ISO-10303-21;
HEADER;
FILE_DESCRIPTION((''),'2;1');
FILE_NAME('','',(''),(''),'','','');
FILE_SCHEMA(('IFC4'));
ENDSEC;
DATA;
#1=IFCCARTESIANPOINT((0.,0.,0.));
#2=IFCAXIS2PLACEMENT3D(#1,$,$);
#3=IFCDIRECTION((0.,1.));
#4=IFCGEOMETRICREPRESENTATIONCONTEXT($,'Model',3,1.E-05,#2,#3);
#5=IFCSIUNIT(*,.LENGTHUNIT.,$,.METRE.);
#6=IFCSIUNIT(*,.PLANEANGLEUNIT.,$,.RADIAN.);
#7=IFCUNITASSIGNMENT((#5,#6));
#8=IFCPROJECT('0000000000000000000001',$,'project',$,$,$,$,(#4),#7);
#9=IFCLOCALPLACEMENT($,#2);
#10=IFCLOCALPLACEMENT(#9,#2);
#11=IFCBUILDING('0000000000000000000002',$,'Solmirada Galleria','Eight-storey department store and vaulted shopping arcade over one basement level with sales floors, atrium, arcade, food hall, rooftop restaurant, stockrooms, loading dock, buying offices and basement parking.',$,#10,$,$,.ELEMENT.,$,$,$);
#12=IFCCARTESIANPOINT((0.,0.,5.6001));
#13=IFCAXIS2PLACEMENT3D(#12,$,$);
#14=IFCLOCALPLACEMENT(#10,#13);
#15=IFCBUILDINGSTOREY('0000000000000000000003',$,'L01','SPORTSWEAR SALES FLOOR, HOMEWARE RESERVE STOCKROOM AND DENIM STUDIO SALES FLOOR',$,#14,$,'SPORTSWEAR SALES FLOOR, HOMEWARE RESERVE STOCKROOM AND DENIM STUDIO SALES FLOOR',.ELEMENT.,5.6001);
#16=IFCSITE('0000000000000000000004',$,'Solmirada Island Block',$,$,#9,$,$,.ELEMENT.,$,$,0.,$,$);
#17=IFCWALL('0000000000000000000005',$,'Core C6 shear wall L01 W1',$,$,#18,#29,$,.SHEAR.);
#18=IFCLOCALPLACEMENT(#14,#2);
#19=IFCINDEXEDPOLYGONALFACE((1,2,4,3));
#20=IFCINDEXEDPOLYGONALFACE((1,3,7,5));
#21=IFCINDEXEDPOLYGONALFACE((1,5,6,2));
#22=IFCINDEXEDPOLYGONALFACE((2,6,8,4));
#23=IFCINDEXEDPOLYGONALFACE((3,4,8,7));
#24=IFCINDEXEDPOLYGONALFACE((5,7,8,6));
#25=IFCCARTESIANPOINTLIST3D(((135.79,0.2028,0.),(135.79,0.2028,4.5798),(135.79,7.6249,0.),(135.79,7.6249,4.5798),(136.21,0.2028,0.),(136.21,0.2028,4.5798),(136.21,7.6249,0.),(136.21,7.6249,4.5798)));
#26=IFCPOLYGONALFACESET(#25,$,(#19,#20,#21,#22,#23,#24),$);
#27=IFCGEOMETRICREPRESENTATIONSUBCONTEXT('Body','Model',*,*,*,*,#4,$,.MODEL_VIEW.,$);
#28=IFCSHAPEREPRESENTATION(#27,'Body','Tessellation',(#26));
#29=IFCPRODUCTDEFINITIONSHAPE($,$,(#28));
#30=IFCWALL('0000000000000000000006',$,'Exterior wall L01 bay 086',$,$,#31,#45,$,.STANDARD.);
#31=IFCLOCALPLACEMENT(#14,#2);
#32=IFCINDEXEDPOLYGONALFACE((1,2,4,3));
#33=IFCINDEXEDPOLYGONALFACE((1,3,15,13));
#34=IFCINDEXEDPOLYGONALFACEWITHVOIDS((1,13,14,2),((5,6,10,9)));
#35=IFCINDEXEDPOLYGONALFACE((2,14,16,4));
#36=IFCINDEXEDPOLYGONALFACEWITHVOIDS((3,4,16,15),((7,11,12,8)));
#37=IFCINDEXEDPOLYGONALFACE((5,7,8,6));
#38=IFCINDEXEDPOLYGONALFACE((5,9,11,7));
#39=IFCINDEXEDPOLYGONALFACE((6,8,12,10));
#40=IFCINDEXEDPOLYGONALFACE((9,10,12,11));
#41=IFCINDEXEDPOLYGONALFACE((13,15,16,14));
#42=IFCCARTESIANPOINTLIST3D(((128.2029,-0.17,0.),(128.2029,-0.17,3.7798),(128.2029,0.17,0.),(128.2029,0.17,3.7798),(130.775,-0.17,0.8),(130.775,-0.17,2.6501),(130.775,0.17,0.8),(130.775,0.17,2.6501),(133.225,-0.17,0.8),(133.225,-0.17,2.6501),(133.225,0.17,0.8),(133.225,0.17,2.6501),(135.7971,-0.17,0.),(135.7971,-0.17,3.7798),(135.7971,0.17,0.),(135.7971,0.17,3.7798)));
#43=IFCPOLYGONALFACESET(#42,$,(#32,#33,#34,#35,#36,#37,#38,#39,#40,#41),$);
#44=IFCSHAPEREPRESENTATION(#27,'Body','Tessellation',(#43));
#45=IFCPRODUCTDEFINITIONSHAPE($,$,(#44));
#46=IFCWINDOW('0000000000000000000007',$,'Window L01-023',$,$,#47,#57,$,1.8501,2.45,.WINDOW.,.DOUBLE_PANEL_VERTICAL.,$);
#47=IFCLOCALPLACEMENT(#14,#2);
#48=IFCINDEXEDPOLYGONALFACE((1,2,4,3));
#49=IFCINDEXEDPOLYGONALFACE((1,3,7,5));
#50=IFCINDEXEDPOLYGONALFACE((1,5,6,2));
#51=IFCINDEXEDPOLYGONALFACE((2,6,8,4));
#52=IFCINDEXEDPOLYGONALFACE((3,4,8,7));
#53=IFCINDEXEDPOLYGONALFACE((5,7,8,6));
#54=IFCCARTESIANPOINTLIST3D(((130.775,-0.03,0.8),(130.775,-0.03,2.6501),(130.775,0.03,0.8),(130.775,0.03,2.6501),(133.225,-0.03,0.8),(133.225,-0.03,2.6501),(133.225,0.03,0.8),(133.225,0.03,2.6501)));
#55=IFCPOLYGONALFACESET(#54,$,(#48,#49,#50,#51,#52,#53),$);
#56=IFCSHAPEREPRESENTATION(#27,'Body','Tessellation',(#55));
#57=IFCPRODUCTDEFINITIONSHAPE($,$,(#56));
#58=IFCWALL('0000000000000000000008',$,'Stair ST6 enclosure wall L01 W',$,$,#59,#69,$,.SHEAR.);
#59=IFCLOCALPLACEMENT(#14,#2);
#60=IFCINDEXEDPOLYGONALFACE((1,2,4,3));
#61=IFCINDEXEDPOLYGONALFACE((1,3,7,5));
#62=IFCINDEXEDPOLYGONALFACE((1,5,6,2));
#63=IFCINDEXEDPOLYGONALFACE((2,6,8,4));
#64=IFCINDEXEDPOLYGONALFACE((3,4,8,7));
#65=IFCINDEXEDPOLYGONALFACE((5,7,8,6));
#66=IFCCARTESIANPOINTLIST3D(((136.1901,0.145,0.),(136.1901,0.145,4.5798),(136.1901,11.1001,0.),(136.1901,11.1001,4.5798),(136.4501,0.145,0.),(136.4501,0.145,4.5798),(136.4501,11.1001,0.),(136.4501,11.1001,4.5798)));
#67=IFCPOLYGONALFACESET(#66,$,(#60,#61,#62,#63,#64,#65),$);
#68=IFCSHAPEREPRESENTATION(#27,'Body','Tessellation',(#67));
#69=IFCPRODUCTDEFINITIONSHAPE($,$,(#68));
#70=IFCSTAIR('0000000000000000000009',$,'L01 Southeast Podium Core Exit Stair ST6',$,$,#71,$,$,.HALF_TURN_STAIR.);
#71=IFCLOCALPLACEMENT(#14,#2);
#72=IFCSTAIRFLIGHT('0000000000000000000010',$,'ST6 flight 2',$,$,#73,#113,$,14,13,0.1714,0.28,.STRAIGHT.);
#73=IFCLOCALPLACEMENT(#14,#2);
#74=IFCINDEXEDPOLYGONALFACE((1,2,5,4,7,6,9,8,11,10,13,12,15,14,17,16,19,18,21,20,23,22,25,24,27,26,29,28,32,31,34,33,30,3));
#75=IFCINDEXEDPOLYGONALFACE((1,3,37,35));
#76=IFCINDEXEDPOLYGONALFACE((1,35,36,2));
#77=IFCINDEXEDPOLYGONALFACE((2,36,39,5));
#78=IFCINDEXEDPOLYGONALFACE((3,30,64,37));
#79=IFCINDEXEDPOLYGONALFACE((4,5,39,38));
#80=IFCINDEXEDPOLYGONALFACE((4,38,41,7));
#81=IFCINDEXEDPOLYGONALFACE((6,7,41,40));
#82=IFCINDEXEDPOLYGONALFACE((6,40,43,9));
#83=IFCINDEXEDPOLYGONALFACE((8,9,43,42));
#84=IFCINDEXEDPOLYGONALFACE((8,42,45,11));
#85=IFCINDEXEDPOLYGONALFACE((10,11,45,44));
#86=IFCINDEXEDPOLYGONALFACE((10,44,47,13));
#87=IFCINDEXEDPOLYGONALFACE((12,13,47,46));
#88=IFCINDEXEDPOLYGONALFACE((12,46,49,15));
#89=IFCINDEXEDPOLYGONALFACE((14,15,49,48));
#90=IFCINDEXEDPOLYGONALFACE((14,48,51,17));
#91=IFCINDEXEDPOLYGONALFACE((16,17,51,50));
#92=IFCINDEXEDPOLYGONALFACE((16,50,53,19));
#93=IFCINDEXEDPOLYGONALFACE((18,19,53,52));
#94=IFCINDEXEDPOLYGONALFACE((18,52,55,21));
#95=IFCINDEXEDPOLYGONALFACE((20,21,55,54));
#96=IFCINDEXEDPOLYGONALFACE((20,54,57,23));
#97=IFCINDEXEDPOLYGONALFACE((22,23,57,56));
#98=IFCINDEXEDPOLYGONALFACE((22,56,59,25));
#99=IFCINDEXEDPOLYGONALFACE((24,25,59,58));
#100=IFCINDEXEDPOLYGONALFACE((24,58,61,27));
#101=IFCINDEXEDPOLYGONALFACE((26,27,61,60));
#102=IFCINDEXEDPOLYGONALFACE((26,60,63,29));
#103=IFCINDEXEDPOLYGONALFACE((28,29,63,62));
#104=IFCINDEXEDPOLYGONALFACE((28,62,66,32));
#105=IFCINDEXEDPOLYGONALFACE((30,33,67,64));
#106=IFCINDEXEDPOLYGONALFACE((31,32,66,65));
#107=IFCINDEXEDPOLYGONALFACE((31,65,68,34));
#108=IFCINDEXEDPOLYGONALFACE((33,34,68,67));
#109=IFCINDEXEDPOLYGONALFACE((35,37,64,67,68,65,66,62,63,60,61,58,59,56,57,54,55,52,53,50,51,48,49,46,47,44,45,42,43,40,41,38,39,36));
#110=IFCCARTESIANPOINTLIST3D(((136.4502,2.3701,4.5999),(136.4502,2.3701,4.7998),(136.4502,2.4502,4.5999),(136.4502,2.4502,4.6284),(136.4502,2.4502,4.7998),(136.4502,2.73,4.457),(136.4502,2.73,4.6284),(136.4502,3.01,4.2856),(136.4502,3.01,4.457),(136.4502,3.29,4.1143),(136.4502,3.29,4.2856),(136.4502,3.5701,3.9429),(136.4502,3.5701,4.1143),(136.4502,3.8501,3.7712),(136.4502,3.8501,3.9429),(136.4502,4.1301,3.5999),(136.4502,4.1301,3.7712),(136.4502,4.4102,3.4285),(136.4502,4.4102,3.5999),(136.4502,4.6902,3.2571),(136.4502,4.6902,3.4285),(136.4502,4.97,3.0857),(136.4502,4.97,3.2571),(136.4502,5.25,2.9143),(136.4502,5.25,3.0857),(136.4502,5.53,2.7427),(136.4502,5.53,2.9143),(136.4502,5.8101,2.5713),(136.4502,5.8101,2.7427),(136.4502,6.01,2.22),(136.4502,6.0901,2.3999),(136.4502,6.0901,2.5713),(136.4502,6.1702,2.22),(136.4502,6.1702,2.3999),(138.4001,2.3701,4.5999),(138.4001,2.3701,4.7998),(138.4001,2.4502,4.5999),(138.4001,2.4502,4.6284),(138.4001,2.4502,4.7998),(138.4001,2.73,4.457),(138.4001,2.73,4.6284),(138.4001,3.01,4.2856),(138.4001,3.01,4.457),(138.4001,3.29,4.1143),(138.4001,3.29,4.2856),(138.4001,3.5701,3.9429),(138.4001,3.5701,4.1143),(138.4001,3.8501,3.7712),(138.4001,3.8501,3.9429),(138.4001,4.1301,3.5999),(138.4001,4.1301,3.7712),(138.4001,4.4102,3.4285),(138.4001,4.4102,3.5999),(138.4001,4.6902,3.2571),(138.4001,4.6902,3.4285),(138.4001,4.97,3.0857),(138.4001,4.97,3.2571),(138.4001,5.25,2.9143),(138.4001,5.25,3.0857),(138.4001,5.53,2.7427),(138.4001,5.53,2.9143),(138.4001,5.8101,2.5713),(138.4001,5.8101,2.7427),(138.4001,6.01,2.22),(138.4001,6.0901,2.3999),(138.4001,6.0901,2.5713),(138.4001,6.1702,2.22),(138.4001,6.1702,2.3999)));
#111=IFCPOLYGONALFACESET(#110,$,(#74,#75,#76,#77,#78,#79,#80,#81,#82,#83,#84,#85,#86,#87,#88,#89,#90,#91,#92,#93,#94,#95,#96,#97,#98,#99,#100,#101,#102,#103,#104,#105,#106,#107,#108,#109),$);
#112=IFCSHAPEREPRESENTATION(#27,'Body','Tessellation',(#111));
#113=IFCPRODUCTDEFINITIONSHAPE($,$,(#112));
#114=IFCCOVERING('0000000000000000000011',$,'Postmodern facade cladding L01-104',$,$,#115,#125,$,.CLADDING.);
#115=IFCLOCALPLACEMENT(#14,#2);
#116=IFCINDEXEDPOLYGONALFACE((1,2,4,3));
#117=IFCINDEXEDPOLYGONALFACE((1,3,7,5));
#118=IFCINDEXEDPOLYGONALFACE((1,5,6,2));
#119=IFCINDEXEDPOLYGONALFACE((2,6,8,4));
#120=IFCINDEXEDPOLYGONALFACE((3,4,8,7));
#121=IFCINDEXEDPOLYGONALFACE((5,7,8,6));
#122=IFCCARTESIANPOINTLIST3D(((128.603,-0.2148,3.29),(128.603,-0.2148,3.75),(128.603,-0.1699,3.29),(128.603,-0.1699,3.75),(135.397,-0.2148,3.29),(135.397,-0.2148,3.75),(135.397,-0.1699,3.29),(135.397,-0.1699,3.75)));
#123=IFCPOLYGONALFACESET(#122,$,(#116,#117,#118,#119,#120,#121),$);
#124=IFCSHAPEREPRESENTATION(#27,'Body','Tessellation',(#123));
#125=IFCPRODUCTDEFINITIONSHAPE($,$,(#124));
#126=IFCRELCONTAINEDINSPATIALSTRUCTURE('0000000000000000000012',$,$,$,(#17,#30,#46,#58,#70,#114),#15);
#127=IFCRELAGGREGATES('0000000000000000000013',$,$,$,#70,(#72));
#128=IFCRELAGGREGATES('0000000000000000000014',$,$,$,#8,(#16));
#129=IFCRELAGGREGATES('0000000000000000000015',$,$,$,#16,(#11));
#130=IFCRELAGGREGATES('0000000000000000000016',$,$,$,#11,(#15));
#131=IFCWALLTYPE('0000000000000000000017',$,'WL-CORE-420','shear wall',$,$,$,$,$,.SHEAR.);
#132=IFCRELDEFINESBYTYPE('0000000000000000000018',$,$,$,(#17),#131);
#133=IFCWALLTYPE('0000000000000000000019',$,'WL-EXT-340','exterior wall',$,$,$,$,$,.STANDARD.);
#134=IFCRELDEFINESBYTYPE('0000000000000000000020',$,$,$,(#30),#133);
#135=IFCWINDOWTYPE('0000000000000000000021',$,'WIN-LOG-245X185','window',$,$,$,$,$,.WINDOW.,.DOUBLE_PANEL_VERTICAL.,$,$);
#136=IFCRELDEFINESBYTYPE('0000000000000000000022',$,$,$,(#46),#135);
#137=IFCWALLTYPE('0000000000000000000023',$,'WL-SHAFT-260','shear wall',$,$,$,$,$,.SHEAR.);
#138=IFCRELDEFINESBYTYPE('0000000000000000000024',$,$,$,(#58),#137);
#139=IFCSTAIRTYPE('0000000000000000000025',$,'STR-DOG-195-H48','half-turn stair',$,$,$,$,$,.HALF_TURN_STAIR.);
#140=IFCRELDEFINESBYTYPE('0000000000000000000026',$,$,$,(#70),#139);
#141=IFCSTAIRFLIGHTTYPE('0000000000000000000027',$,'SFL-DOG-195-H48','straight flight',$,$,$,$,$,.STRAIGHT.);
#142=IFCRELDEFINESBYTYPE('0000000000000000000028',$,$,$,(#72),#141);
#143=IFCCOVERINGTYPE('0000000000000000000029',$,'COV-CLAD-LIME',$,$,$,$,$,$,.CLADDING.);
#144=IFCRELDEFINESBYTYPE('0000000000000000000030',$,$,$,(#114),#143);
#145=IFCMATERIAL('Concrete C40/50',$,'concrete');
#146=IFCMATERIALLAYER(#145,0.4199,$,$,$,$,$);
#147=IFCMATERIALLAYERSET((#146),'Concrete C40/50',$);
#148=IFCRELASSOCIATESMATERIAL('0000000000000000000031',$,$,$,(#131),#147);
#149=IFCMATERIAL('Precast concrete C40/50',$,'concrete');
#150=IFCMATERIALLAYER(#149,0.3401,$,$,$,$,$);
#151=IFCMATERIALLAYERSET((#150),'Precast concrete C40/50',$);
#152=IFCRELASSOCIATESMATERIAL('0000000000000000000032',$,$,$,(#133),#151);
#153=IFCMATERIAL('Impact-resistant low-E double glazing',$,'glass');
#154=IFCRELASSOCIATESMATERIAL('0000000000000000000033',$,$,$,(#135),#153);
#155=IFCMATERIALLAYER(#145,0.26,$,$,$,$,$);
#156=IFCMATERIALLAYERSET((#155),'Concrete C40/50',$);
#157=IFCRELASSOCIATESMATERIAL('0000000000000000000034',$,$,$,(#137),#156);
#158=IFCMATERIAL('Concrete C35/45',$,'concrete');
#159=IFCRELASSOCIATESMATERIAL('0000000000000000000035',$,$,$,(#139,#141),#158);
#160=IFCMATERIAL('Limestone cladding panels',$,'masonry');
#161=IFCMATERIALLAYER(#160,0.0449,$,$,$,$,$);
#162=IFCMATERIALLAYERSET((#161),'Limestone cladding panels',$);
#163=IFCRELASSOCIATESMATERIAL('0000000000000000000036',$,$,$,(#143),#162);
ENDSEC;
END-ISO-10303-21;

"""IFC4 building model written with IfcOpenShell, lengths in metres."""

from ifc_helpers import new_model, si_unit, direction, frame, frame_2d, origin, origin_2d, place, context, subcontext, project, spatial, polyline, rectangle, outline, extrude, material, layer, layer_set, type_object, element, fill, aggregate, save


model = new_model("IFC4")

# Units and contexts
model_context = context("Model", 3, precision=1e-05, world=origin(), true_north=direction((0.0, 1.0)))
body_context = subcontext(model_context, "Body", "Model", "MODEL_VIEW")
ifc_project = project(units=[si_unit("LENGTHUNIT", "METRE"), si_unit("PLANEANGLEUNIT", "RADIAN")], contexts=[model_context])

# Site, building, storey
site_placement = place(None, origin())
site = spatial("IfcSite", under=ifc_project, at=site_placement, Name="Solmirada Island Block", CompositionType="ELEMENT", RefElevation=0.0)
building_placement = place(site_placement, origin())
building = spatial("IfcBuilding", under=site, at=building_placement, Name="Solmirada Galleria", Description="Eight-storey department store and vaulted shopping arcade over one basement level with sales floors, atrium, arcade, food hall, rooftop restaurant, stockrooms, loading dock, buying offices and basement parking.", CompositionType="ELEMENT")
storey_placement = place(building_placement, frame((0.0, 0.0, 5.6001)))
storey = spatial("IfcBuildingStorey", under=building, at=storey_placement, Name="L01", Description="SPORTSWEAR SALES FLOOR, HOMEWARE RESERVE STOCKROOM AND DENIM STUDIO SALES FLOOR", LongName="SPORTSWEAR SALES FLOOR, HOMEWARE RESERVE STOCKROOM AND DENIM STUDIO SALES FLOOR", CompositionType="ELEMENT", Elevation=5.6001)

# Shared definitions
ifc_material_1 = material(Name="Concrete C40/50", Category="concrete")

# Wall
ifc_layer_1 = layer(ifc_material_1, 0.4199)
ifc_layer_set_1 = layer_set([ifc_layer_1], Name="Concrete C40/50")
wall_type_1 = type_object("IfcWallType", Name="WL-CORE-420", Description="shear wall", PredefinedType="SHEAR", material=ifc_layer_set_1)
wall_1_placement = place(storey_placement, frame((136.0, 0.2029, 0.0), z_axis=(0.0, 0.0, 1.0), x_axis=(0.0, 1.0, 0.0)))
element("IfcWall", 1, at=wall_1_placement, inside=storey, type_object=wall_type_1, Name="Core C6 shear wall L01 W1", PredefinedType="SHEAR", context=body_context, shape_type="SweptSolid", body=[
    extrude(rectangle(XDim=7.4221, YDim=0.4199, at=frame_2d((3.7109, 0.0))), origin(), (0.0, 0.0, 1.0), 4.5798),
])

# Wall, opening, window
ifc_material_2 = material(Name="Precast concrete C40/50", Category="concrete")
ifc_layer_2 = layer(ifc_material_2, 0.3401)
ifc_layer_set_2 = layer_set([ifc_layer_2], Name="Precast concrete C40/50")
wall_type_2 = type_object("IfcWallType", Name="WL-EXT-340", Description="exterior wall", PredefinedType="STANDARD", material=ifc_layer_set_2)
wall_2_placement = place(storey_placement, frame((135.7971, 0.0, 0.0), z_axis=(0.0, 0.0, 1.0), x_axis=(-1.0, 0.0, 0.0)))
wall_2 = element("IfcWall", 2, at=wall_2_placement, inside=storey, type_object=wall_type_2, Name="Exterior wall L01 bay 086", PredefinedType="STANDARD", context=body_context, shape_type="SweptSolid", body=[
    extrude(rectangle(XDim=7.5942, YDim=0.3401, at=frame_2d((3.7971, 0.0))), origin(), (0.0, 0.0, 1.0), 3.7798),
])
opening_placement = place(wall_2_placement, frame((2.572, 0.0, 0.8)))
opening = element("IfcOpeningElement", 3, at=opening_placement, cuts=wall_2, PredefinedType="OPENING", context=body_context, shape_type="SweptSolid", body=[
    extrude(rectangle(XDim=2.45, YDim=1.8501, at=frame_2d((1.2251, 0.925))), frame((0.0, 0.1799, 0.0), z_axis=(0.0, -1.0, 0.0), x_axis=(1.0, 0.0, 0.0)), (0.0, 0.0, 1.0), 0.3601),
])
ifc_material_3 = material(Name="Impact-resistant low-E double glazing", Category="glass")
window_type = type_object("IfcWindowType", Name="WIN-LOG-245X185", Description="window", PartitioningType="DOUBLE_PANEL_VERTICAL", PredefinedType="WINDOW", material=ifc_material_3)
window_placement = place(opening_placement, origin())
window = element("IfcWindow", 4, at=window_placement, inside=storey, type_object=window_type, Name="Window L01-023", OverallHeight=1.8501, OverallWidth=2.45, PartitioningType="DOUBLE_PANEL_VERTICAL", PredefinedType="WINDOW", context=body_context, shape_type="SweptSolid", body=[
    extrude(rectangle(XDim=2.45, YDim=1.8501, at=frame_2d((1.2251, 0.925))), frame((0.0, 0.03, 0.0), z_axis=(0.0, -1.0, 0.0), x_axis=(1.0, 0.0, 0.0)), (0.0, 0.0, 1.0), 0.0601),
])
fill(opening, window)

# Wall
ifc_layer_3 = layer(ifc_material_1, 0.26)
ifc_layer_set_3 = layer_set([ifc_layer_3], Name="Concrete C40/50")
wall_type_3 = type_object("IfcWallType", Name="WL-SHAFT-260", Description="shear wall", PredefinedType="SHEAR", material=ifc_layer_set_3)
wall_3_placement = place(storey_placement, frame((136.3201, 0.145, 0.0), z_axis=(0.0, 0.0, 1.0), x_axis=(0.0, 1.0, 0.0)))
element("IfcWall", 5, at=wall_3_placement, inside=storey, type_object=wall_type_3, Name="Stair ST6 enclosure wall L01 W", PredefinedType="SHEAR", context=body_context, shape_type="SweptSolid", body=[
    extrude(rectangle(XDim=10.9551, YDim=0.26, at=frame_2d((5.4775, 0.0))), origin(), (0.0, 0.0, 1.0), 4.5798),
])

# Stair, stair flight
ifc_material_4 = material(Name="Concrete C35/45", Category="concrete")
stair_type = type_object("IfcStairType", Name="STR-DOG-195-H48", Description="half-turn stair", PredefinedType="HALF_TURN_STAIR", material=ifc_material_4)
stair_placement = place(storey_placement, origin())
stair = element("IfcStair", 6, at=stair_placement, inside=storey, type_object=stair_type, Name="L01 Southeast Podium Core Exit Stair ST6", PredefinedType="HALF_TURN_STAIR")
stair_flight_type = type_object("IfcStairFlightType", Name="SFL-DOG-195-H48", Description="straight flight", PredefinedType="STRAIGHT", material=ifc_material_4)
stair_flight_placement = place(storey_placement, frame((137.425, 6.0901, 2.3999), z_axis=(0.0, 0.0, 1.0), x_axis=(0.0, -1.0, 0.0)))
stair_flight = element("IfcStairFlight", 7, at=stair_flight_placement, type_object=stair_flight_type, Name="ST6 flight 2", NumberOfRisers=14, NumberOfTreads=13, PredefinedType="STRAIGHT", RiserHeight=0.1714, TreadLength=0.28, context=body_context, shape_type="SweptSolid", body=[
    extrude(outline(polyline([(-0.0801, 0.0), (0.0, 0.0), (0.0, 0.1714), (0.28, 0.1714), (0.28, 0.3428), (0.5601, 0.3428), (0.5601, 0.5144), (0.8401, 0.5144), (0.8401, 0.6858), (1.1201, 0.6858), (1.1201, 0.8572), (1.3999, 0.8572), (1.3999, 1.0286), (1.6799, 1.0286), (1.6799, 1.2), (1.96, 1.2), (1.96, 1.3713), (2.24, 1.3713), (2.24, 1.543), (2.52, 1.543), (2.52, 1.7144), (2.8, 1.7144), (2.8, 1.8857), (3.0801, 1.8857), (3.0801, 2.0571), (3.3601, 2.0571), (3.3601, 2.2285), (3.6399, 2.2285), (3.6399, 2.3999), (3.72, 2.3999), (3.72, 2.2), (3.6399, 2.2), (0.0801, -0.1799), (-0.0801, -0.1799), (-0.0801, 0.0)])), frame((0.0, 0.9751, 0.0), z_axis=(0.0, -1.0, 0.0), x_axis=(1.0, 0.0, 0.0)), (0.0, 0.0, 1.0), 1.95),
])
aggregate(stair, [stair_flight])

# Covering
ifc_material_5 = material(Name="Limestone cladding panels", Category="masonry")
ifc_layer_4 = layer(ifc_material_5, 0.0449)
ifc_layer_set_4 = layer_set([ifc_layer_4], Name="Limestone cladding panels")
covering_type = type_object("IfcCoveringType", Name="COV-CLAD-LIME", PredefinedType="CLADDING", material=ifc_layer_set_4)
covering_placement = place(storey_placement, frame((132.0, -0.1924, 3.29), z_axis=(0.0, 0.0, 1.0), x_axis=(-1.0, 0.0, 0.0)))
element("IfcCovering", 8, at=covering_placement, inside=storey, type_object=covering_type, Name="Postmodern facade cladding L01-104", PredefinedType="CLADDING", context=body_context, shape_type="SweptSolid", body=[
    extrude(rectangle(XDim=6.7939, YDim=0.0449, at=origin_2d()), origin(), (0.0, 0.0, 1.0), 0.46),
])

save(model, "model.ifc")
